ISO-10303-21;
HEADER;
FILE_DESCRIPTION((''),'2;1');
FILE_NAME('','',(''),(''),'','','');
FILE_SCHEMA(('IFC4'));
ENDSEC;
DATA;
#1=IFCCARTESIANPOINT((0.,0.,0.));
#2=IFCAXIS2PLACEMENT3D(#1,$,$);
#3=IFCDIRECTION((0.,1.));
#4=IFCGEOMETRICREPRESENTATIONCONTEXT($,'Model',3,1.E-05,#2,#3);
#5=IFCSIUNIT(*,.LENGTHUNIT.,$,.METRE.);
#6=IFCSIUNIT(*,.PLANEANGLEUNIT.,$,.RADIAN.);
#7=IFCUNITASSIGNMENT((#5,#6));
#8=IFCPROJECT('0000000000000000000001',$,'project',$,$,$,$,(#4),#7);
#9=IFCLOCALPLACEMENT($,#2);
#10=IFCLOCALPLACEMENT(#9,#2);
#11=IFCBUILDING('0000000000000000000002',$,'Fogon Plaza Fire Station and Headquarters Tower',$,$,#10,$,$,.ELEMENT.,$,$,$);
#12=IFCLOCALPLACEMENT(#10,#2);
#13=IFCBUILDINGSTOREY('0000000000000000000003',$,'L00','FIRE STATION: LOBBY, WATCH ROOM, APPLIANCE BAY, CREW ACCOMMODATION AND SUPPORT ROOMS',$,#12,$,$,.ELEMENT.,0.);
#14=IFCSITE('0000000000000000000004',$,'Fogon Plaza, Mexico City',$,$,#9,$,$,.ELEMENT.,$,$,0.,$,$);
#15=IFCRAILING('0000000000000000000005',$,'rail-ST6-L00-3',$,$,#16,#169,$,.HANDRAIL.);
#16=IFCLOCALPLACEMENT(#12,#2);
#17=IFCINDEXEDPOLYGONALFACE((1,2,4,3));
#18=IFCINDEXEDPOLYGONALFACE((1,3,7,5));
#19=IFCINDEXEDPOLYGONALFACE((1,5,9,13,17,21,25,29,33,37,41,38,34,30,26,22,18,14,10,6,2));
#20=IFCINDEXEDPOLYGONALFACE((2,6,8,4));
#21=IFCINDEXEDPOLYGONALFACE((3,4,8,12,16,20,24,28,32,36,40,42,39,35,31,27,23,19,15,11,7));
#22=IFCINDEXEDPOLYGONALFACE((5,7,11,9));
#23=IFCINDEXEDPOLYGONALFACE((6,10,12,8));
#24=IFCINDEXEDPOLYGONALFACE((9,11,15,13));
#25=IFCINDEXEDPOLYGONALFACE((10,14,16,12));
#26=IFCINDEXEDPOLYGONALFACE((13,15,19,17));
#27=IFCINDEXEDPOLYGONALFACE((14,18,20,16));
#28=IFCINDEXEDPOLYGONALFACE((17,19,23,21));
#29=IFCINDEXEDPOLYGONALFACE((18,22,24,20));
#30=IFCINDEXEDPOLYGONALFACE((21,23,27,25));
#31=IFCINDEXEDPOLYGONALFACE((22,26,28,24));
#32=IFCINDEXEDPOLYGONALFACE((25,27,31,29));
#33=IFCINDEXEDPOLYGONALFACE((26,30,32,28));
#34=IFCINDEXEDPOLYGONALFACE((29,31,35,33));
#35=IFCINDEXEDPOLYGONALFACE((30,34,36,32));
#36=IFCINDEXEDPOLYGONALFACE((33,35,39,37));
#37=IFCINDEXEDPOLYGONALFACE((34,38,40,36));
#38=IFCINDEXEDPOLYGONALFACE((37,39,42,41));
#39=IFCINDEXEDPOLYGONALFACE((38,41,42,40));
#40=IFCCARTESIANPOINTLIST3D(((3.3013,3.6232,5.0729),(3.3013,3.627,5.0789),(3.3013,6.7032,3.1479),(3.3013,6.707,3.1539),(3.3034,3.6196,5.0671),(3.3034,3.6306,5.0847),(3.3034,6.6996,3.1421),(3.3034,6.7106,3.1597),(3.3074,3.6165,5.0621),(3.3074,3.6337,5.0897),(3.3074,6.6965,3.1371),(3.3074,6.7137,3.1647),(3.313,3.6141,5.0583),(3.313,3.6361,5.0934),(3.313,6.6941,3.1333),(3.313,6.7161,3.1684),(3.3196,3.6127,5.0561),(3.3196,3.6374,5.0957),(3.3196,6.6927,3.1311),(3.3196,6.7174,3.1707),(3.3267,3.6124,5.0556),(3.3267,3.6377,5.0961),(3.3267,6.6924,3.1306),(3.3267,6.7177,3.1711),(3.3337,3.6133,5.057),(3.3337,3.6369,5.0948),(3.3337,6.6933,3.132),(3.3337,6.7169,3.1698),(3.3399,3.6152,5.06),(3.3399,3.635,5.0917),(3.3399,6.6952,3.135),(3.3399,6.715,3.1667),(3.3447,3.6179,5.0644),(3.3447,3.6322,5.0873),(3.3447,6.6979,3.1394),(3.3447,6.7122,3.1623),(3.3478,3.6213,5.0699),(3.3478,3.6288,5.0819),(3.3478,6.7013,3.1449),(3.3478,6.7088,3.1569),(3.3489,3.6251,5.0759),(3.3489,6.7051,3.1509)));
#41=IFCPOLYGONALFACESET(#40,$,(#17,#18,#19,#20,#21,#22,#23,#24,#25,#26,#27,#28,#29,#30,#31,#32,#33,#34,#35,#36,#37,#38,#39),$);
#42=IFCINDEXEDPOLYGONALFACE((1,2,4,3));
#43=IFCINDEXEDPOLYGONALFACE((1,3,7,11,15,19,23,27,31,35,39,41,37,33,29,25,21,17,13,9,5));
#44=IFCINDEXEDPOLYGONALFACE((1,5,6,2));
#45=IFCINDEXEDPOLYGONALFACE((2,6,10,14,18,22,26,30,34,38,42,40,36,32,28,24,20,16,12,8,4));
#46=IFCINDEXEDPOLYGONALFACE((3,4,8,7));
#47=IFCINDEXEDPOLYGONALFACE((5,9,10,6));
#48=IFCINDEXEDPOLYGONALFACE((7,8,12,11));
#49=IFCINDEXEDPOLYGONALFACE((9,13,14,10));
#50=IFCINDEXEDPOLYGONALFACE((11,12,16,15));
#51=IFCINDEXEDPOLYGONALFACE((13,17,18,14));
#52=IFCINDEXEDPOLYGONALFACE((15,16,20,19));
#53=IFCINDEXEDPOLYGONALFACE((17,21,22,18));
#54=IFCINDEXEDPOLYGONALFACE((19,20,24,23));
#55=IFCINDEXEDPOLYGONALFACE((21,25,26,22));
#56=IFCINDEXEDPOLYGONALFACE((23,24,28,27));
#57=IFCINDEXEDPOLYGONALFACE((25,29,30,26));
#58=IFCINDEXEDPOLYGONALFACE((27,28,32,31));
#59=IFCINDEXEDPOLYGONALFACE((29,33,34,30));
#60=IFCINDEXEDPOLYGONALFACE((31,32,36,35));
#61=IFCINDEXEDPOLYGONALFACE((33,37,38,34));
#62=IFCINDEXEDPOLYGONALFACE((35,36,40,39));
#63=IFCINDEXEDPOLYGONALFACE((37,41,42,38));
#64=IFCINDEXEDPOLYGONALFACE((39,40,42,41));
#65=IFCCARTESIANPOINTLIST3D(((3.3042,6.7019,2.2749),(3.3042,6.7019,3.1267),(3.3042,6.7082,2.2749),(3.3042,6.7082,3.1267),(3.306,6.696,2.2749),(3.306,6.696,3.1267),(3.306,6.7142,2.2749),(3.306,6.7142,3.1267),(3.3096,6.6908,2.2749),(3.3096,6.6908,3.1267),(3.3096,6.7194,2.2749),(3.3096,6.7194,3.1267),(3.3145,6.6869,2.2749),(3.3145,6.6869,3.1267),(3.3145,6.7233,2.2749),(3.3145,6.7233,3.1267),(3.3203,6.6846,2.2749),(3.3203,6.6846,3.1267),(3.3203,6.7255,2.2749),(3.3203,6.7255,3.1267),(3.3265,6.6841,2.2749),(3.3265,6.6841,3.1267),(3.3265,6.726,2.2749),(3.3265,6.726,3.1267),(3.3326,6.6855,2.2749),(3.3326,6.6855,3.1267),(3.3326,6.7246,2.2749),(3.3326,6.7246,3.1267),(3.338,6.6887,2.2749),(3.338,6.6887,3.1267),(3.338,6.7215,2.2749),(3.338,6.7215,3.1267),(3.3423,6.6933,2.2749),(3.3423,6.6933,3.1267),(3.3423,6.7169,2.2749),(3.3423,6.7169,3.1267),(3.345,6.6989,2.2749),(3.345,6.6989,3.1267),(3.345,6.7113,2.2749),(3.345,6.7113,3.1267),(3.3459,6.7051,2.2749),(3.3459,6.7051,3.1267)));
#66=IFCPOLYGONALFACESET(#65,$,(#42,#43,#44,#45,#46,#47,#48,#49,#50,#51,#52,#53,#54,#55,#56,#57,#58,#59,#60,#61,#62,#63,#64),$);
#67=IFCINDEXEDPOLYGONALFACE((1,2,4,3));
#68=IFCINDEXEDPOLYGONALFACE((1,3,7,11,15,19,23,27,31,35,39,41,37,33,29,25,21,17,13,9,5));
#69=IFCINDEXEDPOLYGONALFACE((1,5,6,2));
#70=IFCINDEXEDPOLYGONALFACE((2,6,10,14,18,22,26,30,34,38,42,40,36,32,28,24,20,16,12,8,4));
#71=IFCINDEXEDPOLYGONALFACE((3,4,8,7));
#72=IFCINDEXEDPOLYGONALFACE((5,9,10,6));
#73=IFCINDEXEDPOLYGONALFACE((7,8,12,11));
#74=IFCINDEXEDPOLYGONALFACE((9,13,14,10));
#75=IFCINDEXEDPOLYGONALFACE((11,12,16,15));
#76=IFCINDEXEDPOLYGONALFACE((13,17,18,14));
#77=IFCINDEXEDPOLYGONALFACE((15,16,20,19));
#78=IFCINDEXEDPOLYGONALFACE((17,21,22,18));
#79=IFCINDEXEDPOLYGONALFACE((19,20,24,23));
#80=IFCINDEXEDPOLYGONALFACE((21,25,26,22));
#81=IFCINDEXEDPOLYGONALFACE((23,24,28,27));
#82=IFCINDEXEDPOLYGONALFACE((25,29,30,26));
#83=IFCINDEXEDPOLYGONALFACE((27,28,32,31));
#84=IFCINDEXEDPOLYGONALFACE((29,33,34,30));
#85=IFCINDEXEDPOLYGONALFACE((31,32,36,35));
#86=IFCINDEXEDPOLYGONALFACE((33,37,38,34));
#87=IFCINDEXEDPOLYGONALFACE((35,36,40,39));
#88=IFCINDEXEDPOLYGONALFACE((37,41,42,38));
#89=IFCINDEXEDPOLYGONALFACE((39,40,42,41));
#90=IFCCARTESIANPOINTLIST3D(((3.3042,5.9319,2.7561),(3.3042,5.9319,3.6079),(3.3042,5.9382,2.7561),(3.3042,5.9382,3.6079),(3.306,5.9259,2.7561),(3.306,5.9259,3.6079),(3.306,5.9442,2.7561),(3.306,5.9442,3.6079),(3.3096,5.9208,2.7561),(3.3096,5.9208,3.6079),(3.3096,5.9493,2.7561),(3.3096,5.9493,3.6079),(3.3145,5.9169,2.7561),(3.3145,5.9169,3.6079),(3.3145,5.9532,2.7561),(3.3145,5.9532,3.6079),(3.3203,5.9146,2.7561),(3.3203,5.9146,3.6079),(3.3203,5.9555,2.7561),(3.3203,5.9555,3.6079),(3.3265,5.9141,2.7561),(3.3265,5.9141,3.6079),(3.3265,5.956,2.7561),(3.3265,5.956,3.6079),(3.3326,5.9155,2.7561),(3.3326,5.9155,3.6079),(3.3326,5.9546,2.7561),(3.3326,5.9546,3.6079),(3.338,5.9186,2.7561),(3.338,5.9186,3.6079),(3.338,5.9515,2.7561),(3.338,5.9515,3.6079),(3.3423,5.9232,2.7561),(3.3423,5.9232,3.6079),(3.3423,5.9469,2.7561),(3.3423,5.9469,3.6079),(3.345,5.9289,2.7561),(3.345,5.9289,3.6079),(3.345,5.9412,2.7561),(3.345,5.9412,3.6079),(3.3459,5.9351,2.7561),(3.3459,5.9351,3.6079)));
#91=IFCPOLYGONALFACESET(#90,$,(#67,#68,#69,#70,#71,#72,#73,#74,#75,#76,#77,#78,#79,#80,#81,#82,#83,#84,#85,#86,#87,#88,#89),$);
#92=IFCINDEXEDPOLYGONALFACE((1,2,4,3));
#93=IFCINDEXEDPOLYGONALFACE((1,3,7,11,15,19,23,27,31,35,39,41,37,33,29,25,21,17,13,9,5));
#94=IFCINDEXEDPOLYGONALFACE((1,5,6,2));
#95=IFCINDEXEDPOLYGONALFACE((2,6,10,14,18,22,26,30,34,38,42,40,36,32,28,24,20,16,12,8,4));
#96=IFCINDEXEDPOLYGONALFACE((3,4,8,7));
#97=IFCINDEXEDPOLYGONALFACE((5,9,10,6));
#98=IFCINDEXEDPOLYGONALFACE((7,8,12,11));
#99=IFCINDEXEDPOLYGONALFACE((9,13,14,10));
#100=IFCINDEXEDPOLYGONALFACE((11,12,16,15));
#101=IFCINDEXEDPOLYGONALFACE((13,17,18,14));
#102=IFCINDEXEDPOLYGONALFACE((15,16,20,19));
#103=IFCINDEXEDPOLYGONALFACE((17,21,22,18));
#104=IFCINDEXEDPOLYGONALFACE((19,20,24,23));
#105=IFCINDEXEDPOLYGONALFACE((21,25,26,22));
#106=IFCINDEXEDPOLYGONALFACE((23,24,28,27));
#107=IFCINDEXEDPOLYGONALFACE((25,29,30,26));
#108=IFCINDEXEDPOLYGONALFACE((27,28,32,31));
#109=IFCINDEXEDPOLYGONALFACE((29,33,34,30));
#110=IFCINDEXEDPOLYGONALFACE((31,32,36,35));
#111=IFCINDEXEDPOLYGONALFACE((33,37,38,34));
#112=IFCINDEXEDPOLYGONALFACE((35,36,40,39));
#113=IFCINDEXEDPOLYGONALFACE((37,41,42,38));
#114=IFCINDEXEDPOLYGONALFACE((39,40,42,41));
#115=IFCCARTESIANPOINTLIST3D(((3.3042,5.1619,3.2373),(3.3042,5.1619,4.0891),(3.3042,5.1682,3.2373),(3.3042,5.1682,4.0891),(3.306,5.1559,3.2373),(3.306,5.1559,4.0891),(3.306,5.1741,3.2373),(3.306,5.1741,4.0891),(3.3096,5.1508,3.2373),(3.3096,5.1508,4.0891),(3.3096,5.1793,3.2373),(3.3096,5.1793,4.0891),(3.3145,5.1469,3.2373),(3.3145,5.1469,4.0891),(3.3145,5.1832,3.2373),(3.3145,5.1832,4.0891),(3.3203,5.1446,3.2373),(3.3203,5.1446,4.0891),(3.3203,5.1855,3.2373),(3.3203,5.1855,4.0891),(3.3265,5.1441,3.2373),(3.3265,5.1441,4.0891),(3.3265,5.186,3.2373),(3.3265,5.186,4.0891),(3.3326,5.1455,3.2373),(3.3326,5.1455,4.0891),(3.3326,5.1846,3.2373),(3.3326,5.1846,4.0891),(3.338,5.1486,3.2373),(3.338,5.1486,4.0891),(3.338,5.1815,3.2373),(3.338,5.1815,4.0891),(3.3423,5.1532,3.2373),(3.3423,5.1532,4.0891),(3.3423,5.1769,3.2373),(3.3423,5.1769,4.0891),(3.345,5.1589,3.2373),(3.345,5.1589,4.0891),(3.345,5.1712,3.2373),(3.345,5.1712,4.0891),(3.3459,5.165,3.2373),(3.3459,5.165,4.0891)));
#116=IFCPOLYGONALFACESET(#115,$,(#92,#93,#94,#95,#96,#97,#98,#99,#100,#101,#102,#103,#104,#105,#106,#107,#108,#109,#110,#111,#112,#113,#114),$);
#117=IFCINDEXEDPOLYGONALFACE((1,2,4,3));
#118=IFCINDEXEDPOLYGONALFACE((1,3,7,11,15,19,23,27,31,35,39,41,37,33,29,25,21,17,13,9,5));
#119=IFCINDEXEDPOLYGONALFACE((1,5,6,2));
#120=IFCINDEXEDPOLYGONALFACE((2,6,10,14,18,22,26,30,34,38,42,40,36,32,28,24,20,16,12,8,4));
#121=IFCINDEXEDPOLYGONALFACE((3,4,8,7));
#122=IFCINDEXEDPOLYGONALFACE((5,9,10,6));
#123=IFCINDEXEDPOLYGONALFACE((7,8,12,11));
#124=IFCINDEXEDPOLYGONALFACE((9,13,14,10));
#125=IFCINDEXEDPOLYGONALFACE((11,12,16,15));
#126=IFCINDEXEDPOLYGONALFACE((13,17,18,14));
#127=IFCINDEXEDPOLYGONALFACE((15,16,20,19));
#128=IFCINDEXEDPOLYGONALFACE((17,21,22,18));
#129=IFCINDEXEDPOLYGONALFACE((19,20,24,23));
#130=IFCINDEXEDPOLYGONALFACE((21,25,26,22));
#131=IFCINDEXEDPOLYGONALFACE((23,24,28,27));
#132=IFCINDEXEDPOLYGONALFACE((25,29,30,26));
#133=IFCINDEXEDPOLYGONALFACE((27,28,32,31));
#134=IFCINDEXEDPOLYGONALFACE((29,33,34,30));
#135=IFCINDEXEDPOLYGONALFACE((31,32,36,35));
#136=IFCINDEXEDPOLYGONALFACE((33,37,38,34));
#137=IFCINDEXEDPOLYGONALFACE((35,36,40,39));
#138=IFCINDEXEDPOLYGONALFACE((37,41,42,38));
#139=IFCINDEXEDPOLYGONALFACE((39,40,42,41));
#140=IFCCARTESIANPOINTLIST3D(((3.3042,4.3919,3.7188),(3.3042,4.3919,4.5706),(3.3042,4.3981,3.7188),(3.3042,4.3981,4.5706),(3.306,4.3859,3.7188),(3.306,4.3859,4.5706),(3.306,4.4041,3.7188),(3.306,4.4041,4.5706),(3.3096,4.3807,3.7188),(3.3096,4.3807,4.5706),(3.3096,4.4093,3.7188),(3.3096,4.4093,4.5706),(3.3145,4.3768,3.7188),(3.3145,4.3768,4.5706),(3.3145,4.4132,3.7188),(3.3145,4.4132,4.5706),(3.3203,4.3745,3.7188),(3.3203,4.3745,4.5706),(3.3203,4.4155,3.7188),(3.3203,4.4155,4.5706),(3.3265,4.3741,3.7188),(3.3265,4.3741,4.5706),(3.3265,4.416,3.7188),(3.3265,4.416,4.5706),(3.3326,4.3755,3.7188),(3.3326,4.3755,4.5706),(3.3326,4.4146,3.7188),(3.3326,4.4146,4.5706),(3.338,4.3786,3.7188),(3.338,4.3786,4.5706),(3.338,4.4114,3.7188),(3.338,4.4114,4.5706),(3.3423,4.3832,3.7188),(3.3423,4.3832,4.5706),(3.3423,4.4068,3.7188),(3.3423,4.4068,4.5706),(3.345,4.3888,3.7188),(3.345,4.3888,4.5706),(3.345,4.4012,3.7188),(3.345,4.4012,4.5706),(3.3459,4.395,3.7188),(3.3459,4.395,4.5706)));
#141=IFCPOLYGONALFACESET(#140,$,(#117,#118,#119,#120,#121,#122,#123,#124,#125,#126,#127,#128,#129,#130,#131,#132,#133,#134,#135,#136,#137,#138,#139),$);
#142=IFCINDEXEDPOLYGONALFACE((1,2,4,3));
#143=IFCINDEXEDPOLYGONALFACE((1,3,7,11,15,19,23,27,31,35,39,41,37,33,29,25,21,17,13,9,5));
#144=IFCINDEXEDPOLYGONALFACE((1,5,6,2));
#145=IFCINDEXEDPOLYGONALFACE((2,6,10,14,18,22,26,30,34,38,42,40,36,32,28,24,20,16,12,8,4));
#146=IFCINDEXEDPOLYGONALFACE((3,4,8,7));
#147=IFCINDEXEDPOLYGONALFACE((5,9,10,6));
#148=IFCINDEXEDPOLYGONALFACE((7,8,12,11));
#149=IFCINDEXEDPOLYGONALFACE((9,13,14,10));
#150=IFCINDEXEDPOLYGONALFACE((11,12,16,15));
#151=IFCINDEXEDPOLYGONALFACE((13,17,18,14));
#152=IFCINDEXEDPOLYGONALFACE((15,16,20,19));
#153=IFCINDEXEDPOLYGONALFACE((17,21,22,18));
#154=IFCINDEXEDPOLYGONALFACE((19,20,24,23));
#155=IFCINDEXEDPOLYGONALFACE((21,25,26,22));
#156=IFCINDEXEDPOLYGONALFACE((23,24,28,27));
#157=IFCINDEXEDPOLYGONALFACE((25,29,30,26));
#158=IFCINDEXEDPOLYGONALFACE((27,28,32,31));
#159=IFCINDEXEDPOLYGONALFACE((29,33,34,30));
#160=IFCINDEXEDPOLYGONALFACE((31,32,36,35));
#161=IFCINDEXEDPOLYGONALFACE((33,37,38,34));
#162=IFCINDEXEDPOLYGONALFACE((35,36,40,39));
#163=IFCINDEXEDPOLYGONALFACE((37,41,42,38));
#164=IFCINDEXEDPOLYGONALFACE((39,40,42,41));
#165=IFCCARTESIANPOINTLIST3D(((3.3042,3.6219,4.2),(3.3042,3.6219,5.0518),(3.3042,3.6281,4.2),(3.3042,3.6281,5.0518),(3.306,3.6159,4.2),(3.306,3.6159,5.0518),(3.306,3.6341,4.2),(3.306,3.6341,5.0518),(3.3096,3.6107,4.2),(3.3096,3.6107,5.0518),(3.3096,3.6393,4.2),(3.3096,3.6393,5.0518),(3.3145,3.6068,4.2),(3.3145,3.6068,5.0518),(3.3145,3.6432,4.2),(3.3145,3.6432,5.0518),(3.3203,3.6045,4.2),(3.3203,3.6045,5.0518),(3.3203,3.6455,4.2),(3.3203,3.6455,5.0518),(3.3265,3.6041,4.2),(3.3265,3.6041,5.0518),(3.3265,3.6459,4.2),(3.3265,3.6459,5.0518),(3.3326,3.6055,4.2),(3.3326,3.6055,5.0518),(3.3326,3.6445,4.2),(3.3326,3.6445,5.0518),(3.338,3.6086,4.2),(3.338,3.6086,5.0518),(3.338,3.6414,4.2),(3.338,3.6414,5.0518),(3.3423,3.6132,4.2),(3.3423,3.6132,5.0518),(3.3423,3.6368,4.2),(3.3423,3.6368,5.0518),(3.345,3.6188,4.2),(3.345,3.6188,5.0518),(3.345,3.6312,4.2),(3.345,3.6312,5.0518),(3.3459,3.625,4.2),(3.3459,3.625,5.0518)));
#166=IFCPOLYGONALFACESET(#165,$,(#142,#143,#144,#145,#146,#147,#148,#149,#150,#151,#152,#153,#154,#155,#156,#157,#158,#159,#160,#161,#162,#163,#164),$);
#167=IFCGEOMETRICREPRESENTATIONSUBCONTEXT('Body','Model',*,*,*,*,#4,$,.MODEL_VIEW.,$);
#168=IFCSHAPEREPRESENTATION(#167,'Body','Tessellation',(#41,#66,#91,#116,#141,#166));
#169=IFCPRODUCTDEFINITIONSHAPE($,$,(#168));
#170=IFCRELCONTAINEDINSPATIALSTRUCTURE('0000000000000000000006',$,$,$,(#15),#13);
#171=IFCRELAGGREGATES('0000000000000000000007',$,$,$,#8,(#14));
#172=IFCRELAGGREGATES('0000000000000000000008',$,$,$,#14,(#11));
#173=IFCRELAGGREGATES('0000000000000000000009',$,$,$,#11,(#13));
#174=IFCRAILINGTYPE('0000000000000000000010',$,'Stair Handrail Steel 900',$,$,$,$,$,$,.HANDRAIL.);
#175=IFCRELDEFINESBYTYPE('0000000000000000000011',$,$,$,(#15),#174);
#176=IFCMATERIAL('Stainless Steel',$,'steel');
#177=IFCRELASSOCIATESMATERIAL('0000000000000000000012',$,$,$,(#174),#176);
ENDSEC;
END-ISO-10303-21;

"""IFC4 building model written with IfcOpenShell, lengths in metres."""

from ifc_helpers import new_model, si_unit, direction, frame, origin, origin_2d, place, context, subcontext, project, spatial, circle, extrude, material, type_object, element, save


model = new_model("IFC4")

# Units and contexts
model_context = context("Model", 3, precision=1e-05, world=origin(), true_north=direction((0.0, 1.0)))
body_context = subcontext(model_context, "Body", "Model", "MODEL_VIEW")
ifc_project = project(units=[si_unit("LENGTHUNIT", "METRE"), si_unit("PLANEANGLEUNIT", "RADIAN")], contexts=[model_context])

# Site, building, storey
site_placement = place(None, origin())
site = spatial("IfcSite", under=ifc_project, at=site_placement, Name="Fogon Plaza, Mexico City", CompositionType="ELEMENT", RefElevation=0.0)
building_placement = place(site_placement, origin())
building = spatial("IfcBuilding", under=site, at=building_placement, Name="Fogon Plaza Fire Station and Headquarters Tower", CompositionType="ELEMENT")
storey_placement = place(building_placement, origin())
storey = spatial("IfcBuildingStorey", under=building, at=storey_placement, Name="L00", Description="FIRE STATION: LOBBY, WATCH ROOM, APPLIANCE BAY, CREW ACCOMMODATION AND SUPPORT ROOMS", CompositionType="ELEMENT", Elevation=0.0)

# Railing
ifc_material_1 = material(Name="Stainless Steel", Category="steel")
railing_type_1 = type_object("IfcRailingType", Name="Stair Handrail Steel 900", PredefinedType="HANDRAIL", material=ifc_material_1)
railing_1_placement = place(storey_placement, frame((3.325, 6.7051, 2.2749)))
element("IfcRailing", 1, at=railing_1_placement, inside=storey, type_object=railing_type_1, Name="rail-ST6-L00-3", PredefinedType="HANDRAIL", context=body_context, shape_type="SweptSolid", body=[
    extrude(circle(Radius=0.0239, at=origin_2d()), frame((0.0, 0.0, 0.876), z_axis=(0.0, -0.847998, 0.529999), x_axis=(1.0, 0.0, 0.0)), (0.0, 0.0, 1.0), 3.6321),
    extrude(circle(Radius=0.021, at=origin_2d()), origin(), (0.0, 0.0, 1.0), 0.8518),
    extrude(circle(Radius=0.021, at=origin_2d()), frame((0.0, -0.77, 0.4812)), (0.0, 0.0, 1.0), 0.8518),
    extrude(circle(Radius=0.021, at=origin_2d()), frame((0.0, -1.54, 0.9624)), (0.0, 0.0, 1.0), 0.8518),
    extrude(circle(Radius=0.021, at=origin_2d()), frame((0.0, -2.3101, 1.4438)), (0.0, 0.0, 1.0), 0.8518),
    extrude(circle(Radius=0.021, at=origin_2d()), frame((0.0, -3.0801, 1.925)), (0.0, 0.0, 1.0), 0.8518),
])

save(model, "model.ifc")
